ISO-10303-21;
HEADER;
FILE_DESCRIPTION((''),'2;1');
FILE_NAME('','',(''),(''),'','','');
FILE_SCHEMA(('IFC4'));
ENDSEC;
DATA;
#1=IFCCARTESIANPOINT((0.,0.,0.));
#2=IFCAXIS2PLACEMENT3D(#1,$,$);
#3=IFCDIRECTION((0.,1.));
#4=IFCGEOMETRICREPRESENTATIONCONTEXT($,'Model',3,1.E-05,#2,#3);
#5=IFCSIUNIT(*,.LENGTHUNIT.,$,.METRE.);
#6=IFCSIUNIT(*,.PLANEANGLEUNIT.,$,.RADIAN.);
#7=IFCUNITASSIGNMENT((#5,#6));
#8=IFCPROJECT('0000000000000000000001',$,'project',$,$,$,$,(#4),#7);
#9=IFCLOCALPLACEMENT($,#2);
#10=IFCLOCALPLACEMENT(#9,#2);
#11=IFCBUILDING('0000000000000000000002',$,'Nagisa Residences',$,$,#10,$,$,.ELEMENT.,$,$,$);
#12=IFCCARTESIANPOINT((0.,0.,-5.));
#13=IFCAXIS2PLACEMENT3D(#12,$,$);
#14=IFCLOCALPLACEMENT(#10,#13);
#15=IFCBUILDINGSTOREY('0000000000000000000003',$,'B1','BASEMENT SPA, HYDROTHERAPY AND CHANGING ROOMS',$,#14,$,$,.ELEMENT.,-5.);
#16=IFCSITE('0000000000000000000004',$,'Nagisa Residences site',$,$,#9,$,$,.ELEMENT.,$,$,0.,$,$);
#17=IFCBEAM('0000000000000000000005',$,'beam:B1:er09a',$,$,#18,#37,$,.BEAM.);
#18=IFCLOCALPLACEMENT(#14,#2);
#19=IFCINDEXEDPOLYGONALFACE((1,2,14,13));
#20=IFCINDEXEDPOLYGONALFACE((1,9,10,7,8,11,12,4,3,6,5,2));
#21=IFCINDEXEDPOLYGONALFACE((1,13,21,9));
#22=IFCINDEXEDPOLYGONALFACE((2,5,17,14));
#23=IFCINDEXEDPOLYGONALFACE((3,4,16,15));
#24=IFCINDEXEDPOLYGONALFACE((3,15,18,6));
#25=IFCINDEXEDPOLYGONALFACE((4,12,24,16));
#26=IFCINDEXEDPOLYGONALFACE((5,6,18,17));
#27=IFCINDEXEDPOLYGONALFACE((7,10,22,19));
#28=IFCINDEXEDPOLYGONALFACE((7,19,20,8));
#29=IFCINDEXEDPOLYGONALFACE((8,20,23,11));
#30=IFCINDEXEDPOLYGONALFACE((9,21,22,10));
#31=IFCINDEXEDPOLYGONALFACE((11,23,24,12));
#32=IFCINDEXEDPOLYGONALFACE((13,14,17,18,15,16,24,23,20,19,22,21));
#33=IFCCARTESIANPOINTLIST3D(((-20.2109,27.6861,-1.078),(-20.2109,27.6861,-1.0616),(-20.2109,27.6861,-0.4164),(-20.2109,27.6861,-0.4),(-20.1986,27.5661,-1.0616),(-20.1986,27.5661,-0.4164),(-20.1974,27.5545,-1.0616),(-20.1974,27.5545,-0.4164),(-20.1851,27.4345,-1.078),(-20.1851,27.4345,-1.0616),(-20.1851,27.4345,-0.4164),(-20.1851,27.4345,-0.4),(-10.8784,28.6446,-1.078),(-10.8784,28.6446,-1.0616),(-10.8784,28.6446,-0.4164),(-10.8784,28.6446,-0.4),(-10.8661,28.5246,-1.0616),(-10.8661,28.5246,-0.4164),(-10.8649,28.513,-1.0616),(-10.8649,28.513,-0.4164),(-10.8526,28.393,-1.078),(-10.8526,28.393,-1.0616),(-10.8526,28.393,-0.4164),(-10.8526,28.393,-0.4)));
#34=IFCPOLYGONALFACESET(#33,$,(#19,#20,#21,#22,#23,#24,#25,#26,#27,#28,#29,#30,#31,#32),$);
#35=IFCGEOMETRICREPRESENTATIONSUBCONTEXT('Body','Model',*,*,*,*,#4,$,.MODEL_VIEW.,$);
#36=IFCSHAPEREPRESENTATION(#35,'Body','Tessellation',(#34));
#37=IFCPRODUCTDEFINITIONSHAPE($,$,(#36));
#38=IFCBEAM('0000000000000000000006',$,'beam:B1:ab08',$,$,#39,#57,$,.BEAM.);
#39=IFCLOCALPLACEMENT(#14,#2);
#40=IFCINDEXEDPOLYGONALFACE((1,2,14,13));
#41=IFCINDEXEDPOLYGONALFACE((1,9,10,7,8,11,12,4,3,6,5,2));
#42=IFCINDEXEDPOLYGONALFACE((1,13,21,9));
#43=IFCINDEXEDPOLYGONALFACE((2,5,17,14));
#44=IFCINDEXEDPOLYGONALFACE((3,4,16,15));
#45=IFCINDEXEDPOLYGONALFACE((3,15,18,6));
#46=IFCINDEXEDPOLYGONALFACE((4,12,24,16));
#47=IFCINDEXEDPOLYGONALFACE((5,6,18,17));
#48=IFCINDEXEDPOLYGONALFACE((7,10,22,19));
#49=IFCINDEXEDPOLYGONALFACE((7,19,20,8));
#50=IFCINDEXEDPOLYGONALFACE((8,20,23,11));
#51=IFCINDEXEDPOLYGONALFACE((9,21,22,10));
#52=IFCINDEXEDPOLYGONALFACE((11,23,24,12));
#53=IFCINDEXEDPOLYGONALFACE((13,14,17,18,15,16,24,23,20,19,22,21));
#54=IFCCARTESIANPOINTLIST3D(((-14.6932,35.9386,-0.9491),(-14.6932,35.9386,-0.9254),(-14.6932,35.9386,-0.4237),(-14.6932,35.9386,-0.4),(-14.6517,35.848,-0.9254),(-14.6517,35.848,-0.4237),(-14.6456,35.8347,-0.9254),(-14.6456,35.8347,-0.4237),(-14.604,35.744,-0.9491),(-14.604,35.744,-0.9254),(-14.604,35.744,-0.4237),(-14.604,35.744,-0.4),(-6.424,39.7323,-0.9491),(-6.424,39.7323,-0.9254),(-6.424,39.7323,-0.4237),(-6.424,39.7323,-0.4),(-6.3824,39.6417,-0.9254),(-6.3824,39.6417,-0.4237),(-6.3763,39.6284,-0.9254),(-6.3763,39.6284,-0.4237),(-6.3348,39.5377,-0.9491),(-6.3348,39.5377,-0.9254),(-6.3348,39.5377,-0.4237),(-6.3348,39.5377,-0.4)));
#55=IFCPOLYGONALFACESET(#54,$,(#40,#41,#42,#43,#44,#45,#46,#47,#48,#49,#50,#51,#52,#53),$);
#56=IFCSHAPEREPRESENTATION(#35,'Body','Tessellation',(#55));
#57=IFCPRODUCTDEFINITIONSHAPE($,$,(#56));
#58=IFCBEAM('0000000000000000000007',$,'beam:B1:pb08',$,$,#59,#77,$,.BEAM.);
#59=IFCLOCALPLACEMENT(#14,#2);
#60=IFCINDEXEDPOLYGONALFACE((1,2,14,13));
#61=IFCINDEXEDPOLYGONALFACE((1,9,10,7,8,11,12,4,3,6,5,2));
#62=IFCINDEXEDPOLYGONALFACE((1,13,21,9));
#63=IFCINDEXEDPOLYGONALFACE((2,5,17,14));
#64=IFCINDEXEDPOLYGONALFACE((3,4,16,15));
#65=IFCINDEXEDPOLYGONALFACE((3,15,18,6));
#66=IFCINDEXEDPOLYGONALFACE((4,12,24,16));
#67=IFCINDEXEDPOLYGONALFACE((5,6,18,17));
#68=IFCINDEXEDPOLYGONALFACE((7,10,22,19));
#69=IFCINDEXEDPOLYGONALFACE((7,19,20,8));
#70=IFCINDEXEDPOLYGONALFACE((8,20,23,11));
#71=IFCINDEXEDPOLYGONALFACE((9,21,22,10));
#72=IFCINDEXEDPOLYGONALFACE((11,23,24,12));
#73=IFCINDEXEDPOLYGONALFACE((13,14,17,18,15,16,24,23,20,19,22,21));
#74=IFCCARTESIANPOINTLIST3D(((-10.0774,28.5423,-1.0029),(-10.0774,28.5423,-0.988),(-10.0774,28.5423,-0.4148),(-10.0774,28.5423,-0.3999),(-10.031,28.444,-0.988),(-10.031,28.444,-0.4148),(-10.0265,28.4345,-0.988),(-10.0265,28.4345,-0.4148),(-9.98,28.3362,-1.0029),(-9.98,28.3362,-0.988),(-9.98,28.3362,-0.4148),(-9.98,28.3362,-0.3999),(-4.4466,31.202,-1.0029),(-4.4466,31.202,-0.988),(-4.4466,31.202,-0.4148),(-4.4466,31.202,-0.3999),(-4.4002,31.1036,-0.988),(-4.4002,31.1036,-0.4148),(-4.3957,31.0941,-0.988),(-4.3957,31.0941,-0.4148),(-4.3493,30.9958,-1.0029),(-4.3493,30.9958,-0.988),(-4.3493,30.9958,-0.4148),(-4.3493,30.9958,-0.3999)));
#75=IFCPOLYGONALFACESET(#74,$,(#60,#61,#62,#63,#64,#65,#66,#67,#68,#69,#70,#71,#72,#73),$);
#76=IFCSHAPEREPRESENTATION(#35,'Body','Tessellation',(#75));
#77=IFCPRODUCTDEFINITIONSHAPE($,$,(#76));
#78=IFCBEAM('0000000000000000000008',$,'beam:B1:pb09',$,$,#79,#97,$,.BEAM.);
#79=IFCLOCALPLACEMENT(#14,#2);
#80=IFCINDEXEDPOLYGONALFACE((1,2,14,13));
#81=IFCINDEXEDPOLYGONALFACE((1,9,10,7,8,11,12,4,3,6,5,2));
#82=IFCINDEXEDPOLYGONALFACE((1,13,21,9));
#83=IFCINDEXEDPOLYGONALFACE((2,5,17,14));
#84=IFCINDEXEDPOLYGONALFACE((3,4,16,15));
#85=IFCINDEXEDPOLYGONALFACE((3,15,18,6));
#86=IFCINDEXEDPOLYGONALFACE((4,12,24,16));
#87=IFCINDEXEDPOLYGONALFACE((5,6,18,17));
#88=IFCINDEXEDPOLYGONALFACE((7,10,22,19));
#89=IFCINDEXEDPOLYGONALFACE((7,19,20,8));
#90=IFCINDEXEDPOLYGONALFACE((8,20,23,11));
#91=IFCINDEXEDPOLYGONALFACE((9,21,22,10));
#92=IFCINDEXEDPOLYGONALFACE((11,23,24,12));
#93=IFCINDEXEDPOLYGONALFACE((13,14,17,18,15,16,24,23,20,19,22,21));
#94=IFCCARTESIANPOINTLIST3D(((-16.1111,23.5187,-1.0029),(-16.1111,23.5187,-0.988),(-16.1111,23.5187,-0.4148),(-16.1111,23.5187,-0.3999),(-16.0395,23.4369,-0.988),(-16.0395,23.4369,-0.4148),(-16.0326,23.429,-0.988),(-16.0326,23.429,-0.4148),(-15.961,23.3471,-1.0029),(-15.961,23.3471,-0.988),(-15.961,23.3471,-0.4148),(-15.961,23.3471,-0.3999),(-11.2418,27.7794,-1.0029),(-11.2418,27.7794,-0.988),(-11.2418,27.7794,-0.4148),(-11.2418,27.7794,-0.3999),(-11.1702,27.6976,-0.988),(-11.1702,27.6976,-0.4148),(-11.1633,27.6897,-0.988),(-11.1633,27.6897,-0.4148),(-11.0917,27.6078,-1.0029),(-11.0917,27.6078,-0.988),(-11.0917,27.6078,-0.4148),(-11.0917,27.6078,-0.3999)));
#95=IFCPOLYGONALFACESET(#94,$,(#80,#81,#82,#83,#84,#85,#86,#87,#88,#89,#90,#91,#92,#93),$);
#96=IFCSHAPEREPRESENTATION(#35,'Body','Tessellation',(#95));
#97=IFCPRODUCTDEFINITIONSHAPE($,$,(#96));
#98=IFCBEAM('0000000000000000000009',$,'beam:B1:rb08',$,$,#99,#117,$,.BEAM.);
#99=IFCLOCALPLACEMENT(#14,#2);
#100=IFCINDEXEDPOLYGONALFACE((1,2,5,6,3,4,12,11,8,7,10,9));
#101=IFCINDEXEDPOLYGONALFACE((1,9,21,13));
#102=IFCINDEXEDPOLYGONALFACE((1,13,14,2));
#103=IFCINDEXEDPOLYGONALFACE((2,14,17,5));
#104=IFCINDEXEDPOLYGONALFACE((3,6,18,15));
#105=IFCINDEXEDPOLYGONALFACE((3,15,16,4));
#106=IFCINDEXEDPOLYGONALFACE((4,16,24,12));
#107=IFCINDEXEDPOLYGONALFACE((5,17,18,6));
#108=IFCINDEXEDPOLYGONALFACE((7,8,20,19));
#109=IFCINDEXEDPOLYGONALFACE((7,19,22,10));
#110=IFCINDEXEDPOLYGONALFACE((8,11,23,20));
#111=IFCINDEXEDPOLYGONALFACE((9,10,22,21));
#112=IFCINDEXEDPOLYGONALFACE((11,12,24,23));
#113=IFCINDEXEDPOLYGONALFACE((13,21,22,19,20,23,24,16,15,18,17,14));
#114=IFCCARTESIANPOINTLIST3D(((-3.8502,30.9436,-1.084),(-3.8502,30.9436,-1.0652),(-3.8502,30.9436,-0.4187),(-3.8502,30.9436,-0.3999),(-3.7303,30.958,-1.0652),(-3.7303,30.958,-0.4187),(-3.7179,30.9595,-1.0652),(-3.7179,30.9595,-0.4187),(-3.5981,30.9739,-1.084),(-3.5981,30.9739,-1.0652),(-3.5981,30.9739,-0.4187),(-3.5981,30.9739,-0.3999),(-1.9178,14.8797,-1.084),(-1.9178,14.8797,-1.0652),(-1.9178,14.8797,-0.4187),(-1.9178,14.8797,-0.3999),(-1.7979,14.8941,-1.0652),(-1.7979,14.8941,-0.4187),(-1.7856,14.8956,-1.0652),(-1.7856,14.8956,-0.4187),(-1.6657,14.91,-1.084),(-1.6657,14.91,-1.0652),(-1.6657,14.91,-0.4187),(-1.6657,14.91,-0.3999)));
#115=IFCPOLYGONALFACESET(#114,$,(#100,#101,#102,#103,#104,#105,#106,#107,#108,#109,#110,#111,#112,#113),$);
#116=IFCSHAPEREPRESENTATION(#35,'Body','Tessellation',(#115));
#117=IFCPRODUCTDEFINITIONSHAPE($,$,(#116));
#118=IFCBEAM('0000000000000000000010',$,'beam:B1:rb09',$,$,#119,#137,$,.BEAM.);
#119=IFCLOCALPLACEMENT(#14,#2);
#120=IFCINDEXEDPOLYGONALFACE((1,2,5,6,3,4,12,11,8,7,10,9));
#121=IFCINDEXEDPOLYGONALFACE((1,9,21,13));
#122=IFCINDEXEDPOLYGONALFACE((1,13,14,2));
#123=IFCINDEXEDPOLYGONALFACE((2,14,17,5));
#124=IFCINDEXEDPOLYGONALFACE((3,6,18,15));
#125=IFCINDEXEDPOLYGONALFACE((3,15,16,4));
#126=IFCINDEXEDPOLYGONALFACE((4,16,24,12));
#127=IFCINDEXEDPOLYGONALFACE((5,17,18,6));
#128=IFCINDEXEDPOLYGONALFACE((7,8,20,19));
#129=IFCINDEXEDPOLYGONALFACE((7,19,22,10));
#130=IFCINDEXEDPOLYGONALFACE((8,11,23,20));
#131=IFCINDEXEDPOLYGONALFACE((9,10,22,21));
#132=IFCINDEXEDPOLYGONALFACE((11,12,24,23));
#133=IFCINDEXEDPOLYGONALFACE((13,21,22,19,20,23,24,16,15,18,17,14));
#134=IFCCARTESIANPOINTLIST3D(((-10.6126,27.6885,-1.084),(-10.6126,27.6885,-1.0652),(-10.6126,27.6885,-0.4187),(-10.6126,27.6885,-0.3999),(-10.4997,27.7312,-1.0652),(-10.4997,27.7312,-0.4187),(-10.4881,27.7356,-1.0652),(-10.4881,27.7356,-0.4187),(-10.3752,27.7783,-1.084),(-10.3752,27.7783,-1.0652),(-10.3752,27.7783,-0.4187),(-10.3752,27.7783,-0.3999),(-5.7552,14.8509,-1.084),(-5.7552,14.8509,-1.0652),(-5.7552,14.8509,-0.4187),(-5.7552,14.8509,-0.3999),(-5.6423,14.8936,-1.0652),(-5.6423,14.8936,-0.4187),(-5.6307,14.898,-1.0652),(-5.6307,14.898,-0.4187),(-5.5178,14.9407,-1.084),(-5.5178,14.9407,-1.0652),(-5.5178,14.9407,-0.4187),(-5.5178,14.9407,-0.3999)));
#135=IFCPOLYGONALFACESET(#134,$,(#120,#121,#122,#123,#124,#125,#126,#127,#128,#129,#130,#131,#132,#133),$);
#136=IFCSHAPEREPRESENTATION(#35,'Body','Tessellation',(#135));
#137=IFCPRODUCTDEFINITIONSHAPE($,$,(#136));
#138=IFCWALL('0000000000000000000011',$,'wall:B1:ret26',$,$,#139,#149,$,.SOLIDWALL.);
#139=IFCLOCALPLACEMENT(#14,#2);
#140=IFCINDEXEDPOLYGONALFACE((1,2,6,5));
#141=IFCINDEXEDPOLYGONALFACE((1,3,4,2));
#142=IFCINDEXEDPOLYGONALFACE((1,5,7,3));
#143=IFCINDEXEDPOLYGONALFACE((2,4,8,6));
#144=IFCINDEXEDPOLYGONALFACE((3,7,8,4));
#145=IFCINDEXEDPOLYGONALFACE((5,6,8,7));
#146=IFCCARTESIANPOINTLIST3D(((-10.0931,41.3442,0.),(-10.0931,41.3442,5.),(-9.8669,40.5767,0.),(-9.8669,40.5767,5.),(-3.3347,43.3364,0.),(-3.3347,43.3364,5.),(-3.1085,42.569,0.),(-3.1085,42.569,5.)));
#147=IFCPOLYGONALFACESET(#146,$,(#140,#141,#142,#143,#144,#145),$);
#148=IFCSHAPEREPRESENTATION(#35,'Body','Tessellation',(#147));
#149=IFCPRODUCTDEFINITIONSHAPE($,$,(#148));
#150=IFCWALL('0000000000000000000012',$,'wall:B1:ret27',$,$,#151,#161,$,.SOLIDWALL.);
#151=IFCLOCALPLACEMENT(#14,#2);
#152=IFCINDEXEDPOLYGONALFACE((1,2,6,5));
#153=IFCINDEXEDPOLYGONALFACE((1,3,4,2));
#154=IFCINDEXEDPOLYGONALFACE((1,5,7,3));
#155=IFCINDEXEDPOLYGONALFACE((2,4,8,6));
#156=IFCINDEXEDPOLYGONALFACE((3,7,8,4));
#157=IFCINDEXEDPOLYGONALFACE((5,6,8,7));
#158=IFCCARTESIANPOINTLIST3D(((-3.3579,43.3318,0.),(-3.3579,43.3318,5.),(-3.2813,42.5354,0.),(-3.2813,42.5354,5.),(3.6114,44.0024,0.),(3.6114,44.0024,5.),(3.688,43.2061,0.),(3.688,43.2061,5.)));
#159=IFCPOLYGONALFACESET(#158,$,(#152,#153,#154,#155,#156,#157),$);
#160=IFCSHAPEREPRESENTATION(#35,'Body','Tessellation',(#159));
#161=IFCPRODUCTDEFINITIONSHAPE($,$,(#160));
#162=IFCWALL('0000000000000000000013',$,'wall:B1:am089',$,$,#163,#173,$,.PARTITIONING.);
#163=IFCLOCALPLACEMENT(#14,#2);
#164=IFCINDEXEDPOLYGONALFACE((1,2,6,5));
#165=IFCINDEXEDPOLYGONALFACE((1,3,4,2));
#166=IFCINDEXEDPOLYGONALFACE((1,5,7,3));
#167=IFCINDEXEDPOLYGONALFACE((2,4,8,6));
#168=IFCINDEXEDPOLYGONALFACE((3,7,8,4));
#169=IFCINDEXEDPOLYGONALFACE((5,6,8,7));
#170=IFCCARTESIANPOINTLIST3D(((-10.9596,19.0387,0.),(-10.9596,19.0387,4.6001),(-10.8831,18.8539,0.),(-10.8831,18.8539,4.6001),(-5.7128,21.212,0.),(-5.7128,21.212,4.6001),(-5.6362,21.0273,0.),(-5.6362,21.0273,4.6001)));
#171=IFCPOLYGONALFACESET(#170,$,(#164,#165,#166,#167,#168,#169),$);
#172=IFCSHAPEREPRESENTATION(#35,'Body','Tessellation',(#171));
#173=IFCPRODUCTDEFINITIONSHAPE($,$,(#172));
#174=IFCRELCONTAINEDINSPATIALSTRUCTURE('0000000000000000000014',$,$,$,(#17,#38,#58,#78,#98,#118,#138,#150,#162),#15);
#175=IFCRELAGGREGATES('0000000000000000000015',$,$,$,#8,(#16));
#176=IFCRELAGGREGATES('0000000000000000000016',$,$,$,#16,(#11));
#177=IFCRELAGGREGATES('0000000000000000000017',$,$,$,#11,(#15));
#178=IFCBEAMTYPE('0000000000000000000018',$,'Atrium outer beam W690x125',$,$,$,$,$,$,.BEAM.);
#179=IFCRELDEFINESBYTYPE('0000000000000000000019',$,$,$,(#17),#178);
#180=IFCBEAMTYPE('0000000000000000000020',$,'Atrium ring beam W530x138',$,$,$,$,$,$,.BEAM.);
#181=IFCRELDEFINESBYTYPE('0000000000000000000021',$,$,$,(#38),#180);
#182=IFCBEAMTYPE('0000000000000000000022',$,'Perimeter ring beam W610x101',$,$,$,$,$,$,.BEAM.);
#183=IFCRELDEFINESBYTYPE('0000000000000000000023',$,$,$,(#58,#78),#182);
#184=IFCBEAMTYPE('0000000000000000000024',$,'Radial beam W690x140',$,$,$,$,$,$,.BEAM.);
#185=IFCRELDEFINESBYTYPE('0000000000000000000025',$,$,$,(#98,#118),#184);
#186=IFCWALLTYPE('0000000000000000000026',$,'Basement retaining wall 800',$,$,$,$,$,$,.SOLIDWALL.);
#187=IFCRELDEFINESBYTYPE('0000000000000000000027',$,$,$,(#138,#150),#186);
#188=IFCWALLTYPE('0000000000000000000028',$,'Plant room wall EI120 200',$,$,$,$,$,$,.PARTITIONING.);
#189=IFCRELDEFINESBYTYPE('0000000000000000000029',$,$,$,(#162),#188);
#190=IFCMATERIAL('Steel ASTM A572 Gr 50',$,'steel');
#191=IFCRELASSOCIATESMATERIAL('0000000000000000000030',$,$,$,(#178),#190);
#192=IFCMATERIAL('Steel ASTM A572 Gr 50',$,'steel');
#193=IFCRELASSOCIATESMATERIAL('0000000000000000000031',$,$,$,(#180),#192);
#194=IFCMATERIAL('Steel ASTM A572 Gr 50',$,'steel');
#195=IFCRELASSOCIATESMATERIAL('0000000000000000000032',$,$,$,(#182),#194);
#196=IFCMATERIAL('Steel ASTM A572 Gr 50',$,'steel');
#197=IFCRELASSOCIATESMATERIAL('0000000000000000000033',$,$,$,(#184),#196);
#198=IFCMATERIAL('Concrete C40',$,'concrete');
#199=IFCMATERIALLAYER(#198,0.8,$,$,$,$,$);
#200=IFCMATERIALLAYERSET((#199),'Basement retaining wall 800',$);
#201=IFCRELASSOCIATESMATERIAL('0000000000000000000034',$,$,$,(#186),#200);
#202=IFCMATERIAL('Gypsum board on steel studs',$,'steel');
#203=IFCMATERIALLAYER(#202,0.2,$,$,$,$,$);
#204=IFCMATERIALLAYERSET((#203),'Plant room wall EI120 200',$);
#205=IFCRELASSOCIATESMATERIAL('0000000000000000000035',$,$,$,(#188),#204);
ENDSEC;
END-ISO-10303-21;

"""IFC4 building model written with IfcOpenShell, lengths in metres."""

from ifc_helpers import new_model, si_unit, direction, frame, frame_2d, origin, origin_2d, place, context, subcontext, project, spatial, rectangle, i_section, extrude, material, layer, layer_set, material_profile, profile_set, type_object, element, save


model = new_model("IFC4")

# Units and contexts
model_context = context("Model", 3, precision=1e-05, world=origin(), true_north=direction((0.0, 1.0)))
body_context = subcontext(model_context, "Body", "Model", "MODEL_VIEW")
ifc_project = project(units=[si_unit("LENGTHUNIT", "METRE"), si_unit("PLANEANGLEUNIT", "RADIAN")], contexts=[model_context])

# Site, building, storey
site_placement = place(None, origin())
site = spatial("IfcSite", under=ifc_project, at=site_placement, Name="Nagisa Residences site", CompositionType="ELEMENT", RefElevation=0.0)
building_placement = place(site_placement, origin())
building = spatial("IfcBuilding", under=site, at=building_placement, Name="Nagisa Residences", CompositionType="ELEMENT")
storey_placement = place(building_placement, frame((0.0, 0.0, -5.0)))
storey = spatial("IfcBuildingStorey", under=building, at=storey_placement, Name="B1", Description="BASEMENT SPA, HYDROTHERAPY AND CHANGING ROOMS", CompositionType="ELEMENT", Elevation=-5.0)

# Beams
ifc_material_1 = material(Name="Steel ASTM A572 Gr 50", Category="steel")
ifc_material_profile_1 = material_profile(ifc_material_1, i_section(OverallWidth=0.2529, OverallDepth=0.678, WebThickness=0.0117, FlangeThickness=0.0164, at=origin_2d()), Name="W690x125")
ifc_profile_set_1 = profile_set([ifc_material_profile_1], Name="Steel ASTM A572 Gr 50")
beam_type_1 = type_object("IfcBeamType", Name="Atrium outer beam W690x125", PredefinedType="BEAM", material=ifc_profile_set_1)
beam_1_placement = place(storey_placement, frame((-10.8655, 28.5188, -0.739), z_axis=(-0.994767, -0.102168, 0.0), x_axis=(0.102168, -0.994767, 0.0)))
element("IfcBeam", 1, at=beam_1_placement, inside=storey, type_object=beam_type_1, Name="beam:B1:er09a", PredefinedType="BEAM", context=body_context, shape_type="SweptSolid", body=[
    extrude(i_section(OverallWidth=0.2529, OverallDepth=0.678, WebThickness=0.0117, FlangeThickness=0.0164, at=origin_2d()), origin(), (0.0, 0.0, 1.0), 9.3816),
])
ifc_material_2 = material(Name="Steel ASTM A572 Gr 50", Category="steel")
ifc_material_profile_2 = material_profile(ifc_material_2, i_section(OverallWidth=0.2141, OverallDepth=0.5491, WebThickness=0.0146, FlangeThickness=0.0237, at=origin_2d()), Name="W530x138")
ifc_profile_set_2 = profile_set([ifc_material_profile_2], Name="Steel ASTM A572 Gr 50")
beam_type_2 = type_object("IfcBeamType", Name="Atrium ring beam W530x138", PredefinedType="BEAM", material=ifc_profile_set_2)
beam_2_placement = place(storey_placement, frame((-6.3794, 39.635, -0.6746), z_axis=(-0.908914, -0.416983, 0.0), x_axis=(0.416983, -0.908914, 0.0)))
element("IfcBeam", 2, at=beam_2_placement, inside=storey, type_object=beam_type_2, Name="beam:B1:ab08", PredefinedType="BEAM", context=body_context, shape_type="SweptSolid", body=[
    extrude(i_section(OverallWidth=0.2141, OverallDepth=0.5491, WebThickness=0.0146, FlangeThickness=0.0237, at=origin_2d()), origin(), (0.0, 0.0, 1.0), 9.0979),
])
ifc_material_3 = material(Name="Steel ASTM A572 Gr 50", Category="steel")
ifc_material_profile_3 = material_profile(ifc_material_3, i_section(OverallWidth=0.228, OverallDepth=0.603, WebThickness=0.0105, FlangeThickness=0.0149, at=origin_2d()), Name="W610x101")
ifc_profile_set_3 = profile_set([ifc_material_profile_3], Name="Steel ASTM A572 Gr 50")
beam_type_3 = type_object("IfcBeamType", Name="Perimeter ring beam W610x101", PredefinedType="BEAM", material=ifc_profile_set_3)
beam_3_placement = place(storey_placement, frame((-4.3979, 31.0989, -0.7014), z_axis=(-0.904208, -0.427092, 0.0), x_axis=(0.427092, -0.904208, 0.0)))
element("IfcBeam", 3, at=beam_3_placement, inside=storey, type_object=beam_type_3, Name="beam:B1:pb08", PredefinedType="BEAM", context=body_context, shape_type="SweptSolid", body=[
    extrude(i_section(OverallWidth=0.228, OverallDepth=0.603, WebThickness=0.0105, FlangeThickness=0.0149, at=origin_2d()), origin(), (0.0, 0.0, 1.0), 6.2273),
])
beam_4_placement = place(storey_placement, frame((-11.1667, 27.6936, -0.7014), z_axis=(-0.752574, -0.658507, 0.0), x_axis=(0.658507, -0.752574, 0.0)))
element("IfcBeam", 4, at=beam_4_placement, inside=storey, type_object=beam_type_3, Name="beam:B1:pb09", PredefinedType="BEAM", context=body_context, shape_type="SweptSolid", body=[
    extrude(i_section(OverallWidth=0.228, OverallDepth=0.603, WebThickness=0.0105, FlangeThickness=0.0149, at=origin_2d()), origin(), (0.0, 0.0, 1.0), 6.4702),
])
ifc_material_4 = material(Name="Steel ASTM A572 Gr 50", Category="steel")
ifc_material_profile_4 = material_profile(ifc_material_4, i_section(OverallWidth=0.2539, OverallDepth=0.6841, WebThickness=0.0125, FlangeThickness=0.0188, at=origin_2d()), Name="W690x140")
ifc_profile_set_4 = profile_set([ifc_material_profile_4], Name="Steel ASTM A572 Gr 50")
beam_type_4 = type_object("IfcBeamType", Name="Radial beam W690x140", PredefinedType="BEAM", material=ifc_profile_set_4)
beam_5_placement = place(storey_placement, frame((-3.7241, 30.9587, -0.7419), z_axis=(0.119431, -0.992842, 0.0), x_axis=(0.992842, 0.119431, 0.0)))
element("IfcBeam", 5, at=beam_5_placement, inside=storey, type_object=beam_type_4, Name="beam:B1:rb08", PredefinedType="BEAM", context=body_context, shape_type="SweptSolid", body=[
    extrude(i_section(OverallWidth=0.2539, OverallDepth=0.6841, WebThickness=0.0125, FlangeThickness=0.0188, at=origin_2d()), origin(), (0.0, 0.0, 1.0), 16.1797),
])
beam_6_placement = place(storey_placement, frame((-10.4939, 27.7334, -0.7419), z_axis=(0.353888, -0.935288, 0.0), x_axis=(0.935288, 0.353888, 0.0)))
element("IfcBeam", 6, at=beam_6_placement, inside=storey, type_object=beam_type_4, Name="beam:B1:rb09", PredefinedType="BEAM", context=body_context, shape_type="SweptSolid", body=[
    extrude(i_section(OverallWidth=0.2539, OverallDepth=0.6841, WebThickness=0.0125, FlangeThickness=0.0188, at=origin_2d()), origin(), (0.0, 0.0, 1.0), 13.7258),
])

# Walls
ifc_material_5 = material(Name="Concrete C40", Category="concrete")
ifc_layer_1 = layer(ifc_material_5, 0.8)
ifc_layer_set_1 = layer_set([ifc_layer_1], Name="Basement retaining wall 800")
wall_type_1 = type_object("IfcWallType", Name="Basement retaining wall 800", PredefinedType="SOLIDWALL", material=ifc_layer_set_1)
wall_1_placement = place(storey_placement, frame((-9.98, 40.9604, 0.0), z_axis=(0.0, 0.0, 1.0), x_axis=(0.959194, 0.282748, 0.0)))
element("IfcWall", 7, at=wall_1_placement, inside=storey, type_object=wall_type_1, Name="wall:B1:ret26", PredefinedType="SOLIDWALL", context=body_context, shape_type="SweptSolid", body=[
    extrude(rectangle(XDim=7.0459, YDim=0.8, at=frame_2d((3.5229, 0.0))), origin(), (0.0, 0.0, 1.0), 5.0),
])
wall_2_placement = place(storey_placement, frame((-3.3196, 42.9336, 0.0), z_axis=(0.0, 0.0, 1.0), x_axis=(0.995402, 0.095788, 0.0)))
element("IfcWall", 8, at=wall_2_placement, inside=storey, type_object=wall_type_1, Name="wall:B1:ret27", PredefinedType="SOLIDWALL", context=body_context, shape_type="SweptSolid", body=[
    extrude(rectangle(XDim=7.0015, YDim=0.8, at=frame_2d((3.5007, 0.0))), origin(), (0.0, 0.0, 1.0), 5.0),
])
ifc_material_6 = material(Name="Gypsum board on steel studs", Category="steel")
ifc_layer_2 = layer(ifc_material_6, 0.2)
ifc_layer_set_2 = layer_set([ifc_layer_2], Name="Plant room wall EI120 200")
wall_type_2 = type_object("IfcWallType", Name="Plant room wall EI120 200", PredefinedType="PARTITIONING", material=ifc_layer_set_2)
wall_3_placement = place(storey_placement, frame((-10.9214, 18.9463, 0.0), z_axis=(0.0, 0.0, 1.0), x_axis=(0.923877, 0.382688, 0.0)))
element("IfcWall", 9, at=wall_3_placement, inside=storey, type_object=wall_type_2, Name="wall:B1:am089", PredefinedType="PARTITIONING", context=body_context, shape_type="SweptSolid", body=[
    extrude(rectangle(XDim=5.6792, YDim=0.2, at=frame_2d((2.8396, 0.0))), origin(), (0.0, 0.0, 1.0), 4.6001),
])

save(model, "model.ifc")
